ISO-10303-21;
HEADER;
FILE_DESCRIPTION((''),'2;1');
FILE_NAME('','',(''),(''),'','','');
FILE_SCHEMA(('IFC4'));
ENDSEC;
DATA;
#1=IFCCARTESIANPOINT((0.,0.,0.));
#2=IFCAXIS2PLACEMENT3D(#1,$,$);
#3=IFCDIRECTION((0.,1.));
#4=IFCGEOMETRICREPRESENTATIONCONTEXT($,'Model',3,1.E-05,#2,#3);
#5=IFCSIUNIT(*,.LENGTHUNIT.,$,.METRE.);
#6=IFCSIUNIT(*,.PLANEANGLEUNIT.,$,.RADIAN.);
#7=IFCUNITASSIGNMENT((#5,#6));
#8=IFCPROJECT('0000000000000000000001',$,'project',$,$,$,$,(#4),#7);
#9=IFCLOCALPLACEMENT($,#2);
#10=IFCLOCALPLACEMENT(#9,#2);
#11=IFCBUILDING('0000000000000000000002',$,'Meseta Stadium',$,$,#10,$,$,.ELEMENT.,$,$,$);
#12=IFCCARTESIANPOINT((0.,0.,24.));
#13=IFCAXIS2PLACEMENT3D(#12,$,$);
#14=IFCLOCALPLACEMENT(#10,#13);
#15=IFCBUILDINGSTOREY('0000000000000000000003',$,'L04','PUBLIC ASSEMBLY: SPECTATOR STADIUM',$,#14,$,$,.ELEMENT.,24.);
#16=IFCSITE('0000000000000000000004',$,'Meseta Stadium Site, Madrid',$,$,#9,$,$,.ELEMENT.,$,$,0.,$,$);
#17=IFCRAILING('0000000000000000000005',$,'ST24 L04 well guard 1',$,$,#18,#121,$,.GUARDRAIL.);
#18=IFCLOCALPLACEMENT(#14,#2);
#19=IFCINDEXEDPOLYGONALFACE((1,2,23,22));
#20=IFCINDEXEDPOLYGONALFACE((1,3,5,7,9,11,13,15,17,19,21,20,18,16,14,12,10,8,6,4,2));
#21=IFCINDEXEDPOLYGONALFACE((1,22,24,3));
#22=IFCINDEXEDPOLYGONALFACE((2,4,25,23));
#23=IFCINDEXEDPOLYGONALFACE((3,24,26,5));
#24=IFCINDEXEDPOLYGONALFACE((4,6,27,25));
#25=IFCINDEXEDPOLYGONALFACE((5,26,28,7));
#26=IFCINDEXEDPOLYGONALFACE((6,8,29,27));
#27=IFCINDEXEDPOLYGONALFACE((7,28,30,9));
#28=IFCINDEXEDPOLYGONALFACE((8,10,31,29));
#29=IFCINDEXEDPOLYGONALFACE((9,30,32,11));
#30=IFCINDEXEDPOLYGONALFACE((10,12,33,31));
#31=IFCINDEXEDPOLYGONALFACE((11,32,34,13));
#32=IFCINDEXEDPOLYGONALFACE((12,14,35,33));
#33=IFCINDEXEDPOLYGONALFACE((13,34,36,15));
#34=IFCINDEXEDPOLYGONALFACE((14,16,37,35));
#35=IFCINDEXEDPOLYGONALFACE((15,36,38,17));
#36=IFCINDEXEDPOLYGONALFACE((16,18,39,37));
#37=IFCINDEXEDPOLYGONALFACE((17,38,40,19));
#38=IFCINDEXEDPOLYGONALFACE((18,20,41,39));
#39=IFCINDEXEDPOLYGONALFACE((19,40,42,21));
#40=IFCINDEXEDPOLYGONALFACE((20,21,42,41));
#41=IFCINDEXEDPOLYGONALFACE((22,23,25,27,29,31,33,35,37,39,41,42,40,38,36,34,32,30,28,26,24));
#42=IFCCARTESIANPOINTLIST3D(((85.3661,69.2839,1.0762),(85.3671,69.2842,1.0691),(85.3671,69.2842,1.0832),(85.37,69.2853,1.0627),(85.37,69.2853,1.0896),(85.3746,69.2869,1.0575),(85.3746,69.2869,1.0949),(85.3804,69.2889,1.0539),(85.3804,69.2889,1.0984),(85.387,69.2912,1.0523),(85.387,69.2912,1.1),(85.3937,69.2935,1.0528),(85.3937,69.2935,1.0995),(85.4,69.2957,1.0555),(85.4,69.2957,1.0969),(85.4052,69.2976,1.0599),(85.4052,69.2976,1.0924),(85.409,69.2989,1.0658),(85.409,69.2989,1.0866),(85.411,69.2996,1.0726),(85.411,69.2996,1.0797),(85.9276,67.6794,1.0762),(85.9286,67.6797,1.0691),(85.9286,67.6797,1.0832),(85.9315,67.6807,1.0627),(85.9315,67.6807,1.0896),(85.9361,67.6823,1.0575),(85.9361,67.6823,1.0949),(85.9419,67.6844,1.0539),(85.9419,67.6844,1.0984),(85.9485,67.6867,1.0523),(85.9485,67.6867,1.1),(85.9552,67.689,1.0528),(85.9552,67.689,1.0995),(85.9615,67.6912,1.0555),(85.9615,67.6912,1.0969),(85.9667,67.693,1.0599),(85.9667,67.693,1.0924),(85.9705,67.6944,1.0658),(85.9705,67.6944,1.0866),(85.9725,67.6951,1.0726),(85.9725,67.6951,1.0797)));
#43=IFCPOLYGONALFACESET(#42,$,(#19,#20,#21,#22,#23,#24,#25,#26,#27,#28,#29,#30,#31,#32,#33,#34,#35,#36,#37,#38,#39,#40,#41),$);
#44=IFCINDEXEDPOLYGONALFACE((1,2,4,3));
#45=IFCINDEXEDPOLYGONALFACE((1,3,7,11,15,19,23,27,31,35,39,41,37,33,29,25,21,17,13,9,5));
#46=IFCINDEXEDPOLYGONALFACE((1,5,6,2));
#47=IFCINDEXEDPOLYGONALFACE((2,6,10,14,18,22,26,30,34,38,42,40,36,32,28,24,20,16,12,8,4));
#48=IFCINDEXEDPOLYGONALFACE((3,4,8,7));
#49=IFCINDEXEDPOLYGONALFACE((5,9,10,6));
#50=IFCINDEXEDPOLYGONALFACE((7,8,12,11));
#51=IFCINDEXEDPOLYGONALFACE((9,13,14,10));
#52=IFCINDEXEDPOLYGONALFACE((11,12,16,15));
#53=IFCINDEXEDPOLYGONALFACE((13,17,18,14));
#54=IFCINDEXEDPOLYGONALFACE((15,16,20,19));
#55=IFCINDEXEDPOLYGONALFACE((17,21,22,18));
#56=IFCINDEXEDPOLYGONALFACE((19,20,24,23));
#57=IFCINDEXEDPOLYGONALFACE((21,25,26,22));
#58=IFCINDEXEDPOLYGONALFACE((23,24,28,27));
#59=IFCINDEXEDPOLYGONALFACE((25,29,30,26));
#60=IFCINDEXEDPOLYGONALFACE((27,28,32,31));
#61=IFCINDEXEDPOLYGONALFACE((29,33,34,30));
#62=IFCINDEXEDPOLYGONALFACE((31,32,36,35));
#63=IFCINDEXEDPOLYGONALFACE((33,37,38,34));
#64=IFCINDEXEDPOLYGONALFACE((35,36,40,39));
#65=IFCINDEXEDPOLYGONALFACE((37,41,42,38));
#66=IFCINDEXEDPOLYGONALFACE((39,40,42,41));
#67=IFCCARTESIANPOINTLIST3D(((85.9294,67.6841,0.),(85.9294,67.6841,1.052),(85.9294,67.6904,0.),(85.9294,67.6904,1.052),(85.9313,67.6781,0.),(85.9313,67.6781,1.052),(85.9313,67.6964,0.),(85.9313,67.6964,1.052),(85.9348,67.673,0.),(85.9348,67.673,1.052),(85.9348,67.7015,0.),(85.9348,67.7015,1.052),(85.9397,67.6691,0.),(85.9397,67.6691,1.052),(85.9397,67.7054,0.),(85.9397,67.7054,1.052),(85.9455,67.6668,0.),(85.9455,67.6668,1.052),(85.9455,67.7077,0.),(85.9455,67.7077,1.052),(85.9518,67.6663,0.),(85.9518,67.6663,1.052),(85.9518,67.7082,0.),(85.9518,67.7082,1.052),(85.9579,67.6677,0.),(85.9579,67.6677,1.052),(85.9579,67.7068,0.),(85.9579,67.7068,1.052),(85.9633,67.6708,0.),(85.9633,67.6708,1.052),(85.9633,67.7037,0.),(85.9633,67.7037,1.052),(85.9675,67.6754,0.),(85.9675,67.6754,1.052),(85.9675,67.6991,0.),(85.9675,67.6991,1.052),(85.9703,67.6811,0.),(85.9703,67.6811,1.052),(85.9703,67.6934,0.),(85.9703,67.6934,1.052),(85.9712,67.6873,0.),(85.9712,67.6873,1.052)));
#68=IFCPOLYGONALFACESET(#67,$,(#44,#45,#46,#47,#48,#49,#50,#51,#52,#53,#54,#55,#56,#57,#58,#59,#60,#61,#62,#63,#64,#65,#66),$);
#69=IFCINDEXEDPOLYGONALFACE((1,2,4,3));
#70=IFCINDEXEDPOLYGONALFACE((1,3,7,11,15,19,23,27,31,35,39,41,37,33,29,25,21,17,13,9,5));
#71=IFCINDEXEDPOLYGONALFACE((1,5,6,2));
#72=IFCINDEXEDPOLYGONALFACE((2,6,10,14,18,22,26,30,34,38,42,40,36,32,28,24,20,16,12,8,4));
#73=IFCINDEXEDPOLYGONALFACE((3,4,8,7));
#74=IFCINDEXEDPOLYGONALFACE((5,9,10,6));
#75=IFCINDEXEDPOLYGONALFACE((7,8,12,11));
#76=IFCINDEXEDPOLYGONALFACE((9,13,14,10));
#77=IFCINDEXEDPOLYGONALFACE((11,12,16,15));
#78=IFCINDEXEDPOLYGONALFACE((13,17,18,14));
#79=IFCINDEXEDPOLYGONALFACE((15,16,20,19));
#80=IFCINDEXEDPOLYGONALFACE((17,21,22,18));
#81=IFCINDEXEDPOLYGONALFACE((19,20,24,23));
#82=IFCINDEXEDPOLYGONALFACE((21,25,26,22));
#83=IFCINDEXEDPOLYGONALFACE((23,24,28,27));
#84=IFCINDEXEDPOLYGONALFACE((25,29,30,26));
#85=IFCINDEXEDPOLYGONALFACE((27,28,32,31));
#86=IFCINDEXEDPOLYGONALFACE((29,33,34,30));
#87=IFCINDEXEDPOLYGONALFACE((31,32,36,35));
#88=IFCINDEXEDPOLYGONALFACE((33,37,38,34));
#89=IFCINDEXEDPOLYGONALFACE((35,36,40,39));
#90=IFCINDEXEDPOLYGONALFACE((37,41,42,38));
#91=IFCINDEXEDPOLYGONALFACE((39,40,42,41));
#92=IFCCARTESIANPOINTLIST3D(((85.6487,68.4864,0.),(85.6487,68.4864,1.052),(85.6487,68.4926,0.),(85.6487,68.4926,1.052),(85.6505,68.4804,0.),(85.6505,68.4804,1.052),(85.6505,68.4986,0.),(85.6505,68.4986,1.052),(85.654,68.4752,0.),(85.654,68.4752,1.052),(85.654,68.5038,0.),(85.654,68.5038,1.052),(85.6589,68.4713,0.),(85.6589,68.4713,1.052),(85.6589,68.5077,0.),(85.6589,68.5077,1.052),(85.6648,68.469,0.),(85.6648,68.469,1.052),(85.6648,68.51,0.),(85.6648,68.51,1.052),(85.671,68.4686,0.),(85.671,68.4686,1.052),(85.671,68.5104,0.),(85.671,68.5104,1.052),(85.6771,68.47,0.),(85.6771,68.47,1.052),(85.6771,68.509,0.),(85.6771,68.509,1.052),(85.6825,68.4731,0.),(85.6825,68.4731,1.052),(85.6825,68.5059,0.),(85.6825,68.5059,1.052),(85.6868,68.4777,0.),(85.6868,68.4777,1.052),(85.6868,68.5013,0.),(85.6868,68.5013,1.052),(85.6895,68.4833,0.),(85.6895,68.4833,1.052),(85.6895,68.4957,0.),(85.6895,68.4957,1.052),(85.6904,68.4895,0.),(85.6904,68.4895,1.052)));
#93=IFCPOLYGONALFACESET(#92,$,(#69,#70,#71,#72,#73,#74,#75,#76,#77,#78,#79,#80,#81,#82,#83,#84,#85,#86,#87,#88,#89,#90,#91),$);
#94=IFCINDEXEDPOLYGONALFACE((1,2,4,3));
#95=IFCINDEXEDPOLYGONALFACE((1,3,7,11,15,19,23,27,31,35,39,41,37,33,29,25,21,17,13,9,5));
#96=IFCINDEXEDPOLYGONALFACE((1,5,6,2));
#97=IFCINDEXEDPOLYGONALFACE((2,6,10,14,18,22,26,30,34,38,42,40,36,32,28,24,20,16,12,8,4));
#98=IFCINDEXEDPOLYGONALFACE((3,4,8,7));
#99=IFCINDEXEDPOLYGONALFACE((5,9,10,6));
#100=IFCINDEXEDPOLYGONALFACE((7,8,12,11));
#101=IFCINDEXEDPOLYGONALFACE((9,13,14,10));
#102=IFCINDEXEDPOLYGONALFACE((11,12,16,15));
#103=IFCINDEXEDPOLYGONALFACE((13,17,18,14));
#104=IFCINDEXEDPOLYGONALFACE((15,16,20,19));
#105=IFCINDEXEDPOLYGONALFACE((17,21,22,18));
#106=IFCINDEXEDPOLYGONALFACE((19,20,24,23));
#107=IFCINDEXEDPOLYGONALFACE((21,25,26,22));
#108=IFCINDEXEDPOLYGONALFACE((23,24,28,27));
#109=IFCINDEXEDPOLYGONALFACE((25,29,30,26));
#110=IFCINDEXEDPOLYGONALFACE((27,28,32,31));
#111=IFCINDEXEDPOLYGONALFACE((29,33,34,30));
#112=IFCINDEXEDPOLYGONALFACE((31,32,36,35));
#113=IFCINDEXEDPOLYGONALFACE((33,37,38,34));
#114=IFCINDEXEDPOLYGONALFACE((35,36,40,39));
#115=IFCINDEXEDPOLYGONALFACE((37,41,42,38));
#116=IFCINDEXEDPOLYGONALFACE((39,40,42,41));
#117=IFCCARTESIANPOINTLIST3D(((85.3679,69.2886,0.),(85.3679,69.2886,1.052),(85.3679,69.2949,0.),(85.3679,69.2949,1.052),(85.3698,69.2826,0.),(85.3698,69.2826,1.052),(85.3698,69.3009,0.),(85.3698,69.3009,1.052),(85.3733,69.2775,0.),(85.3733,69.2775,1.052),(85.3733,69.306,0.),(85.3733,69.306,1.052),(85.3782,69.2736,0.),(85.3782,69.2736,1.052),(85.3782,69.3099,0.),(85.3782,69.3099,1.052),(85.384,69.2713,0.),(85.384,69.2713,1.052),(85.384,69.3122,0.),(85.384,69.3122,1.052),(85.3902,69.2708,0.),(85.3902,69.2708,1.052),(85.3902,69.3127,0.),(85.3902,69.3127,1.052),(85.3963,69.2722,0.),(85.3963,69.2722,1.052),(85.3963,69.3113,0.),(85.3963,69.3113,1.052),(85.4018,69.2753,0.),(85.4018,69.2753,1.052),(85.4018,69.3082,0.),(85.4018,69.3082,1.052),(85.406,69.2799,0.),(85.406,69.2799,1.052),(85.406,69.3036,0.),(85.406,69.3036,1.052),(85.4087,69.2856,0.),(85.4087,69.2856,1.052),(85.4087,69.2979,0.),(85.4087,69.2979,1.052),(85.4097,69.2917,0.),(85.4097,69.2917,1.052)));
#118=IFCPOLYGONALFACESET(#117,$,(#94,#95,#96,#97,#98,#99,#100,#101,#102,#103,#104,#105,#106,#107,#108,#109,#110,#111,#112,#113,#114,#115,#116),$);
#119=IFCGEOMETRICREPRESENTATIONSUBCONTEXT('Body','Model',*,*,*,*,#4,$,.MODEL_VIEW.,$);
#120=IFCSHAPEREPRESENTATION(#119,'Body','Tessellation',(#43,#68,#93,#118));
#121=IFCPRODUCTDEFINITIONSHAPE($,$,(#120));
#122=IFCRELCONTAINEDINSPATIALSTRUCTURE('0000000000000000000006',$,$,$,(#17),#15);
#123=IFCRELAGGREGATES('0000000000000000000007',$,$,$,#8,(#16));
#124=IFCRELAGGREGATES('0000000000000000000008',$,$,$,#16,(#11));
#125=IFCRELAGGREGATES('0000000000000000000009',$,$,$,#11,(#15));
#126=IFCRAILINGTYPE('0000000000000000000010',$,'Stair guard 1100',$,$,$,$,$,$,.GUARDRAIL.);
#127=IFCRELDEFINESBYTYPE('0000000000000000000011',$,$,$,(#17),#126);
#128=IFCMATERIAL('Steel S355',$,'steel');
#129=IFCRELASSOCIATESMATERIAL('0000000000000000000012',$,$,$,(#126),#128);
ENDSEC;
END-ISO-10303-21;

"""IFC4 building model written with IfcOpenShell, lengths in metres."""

from ifc_helpers import new_model, si_unit, direction, frame, origin, origin_2d, place, context, subcontext, project, spatial, circle, extrude, material, type_object, element, save


model = new_model("IFC4")

# Units and contexts
model_context = context("Model", 3, precision=1e-05, world=origin(), true_north=direction((0.0, 1.0)))
body_context = subcontext(model_context, "Body", "Model", "MODEL_VIEW")
ifc_project = project(units=[si_unit("LENGTHUNIT", "METRE"), si_unit("PLANEANGLEUNIT", "RADIAN")], contexts=[model_context])

# Site, building, storey
site_placement = place(None, origin())
site = spatial("IfcSite", under=ifc_project, at=site_placement, Name="Meseta Stadium Site, Madrid", CompositionType="ELEMENT", RefElevation=0.0)
building_placement = place(site_placement, origin())
building = spatial("IfcBuilding", under=site, at=building_placement, Name="Meseta Stadium", CompositionType="ELEMENT")
storey_placement = place(building_placement, frame((0.0, 0.0, 24.0)))
storey = spatial("IfcBuildingStorey", under=building, at=storey_placement, Name="L04", Description="PUBLIC ASSEMBLY: SPECTATOR STADIUM", CompositionType="ELEMENT", Elevation=24.0)

# Railing
ifc_material_1 = material(Name="Steel S355", Category="steel")
railing_type = type_object("IfcRailingType", Name="Stair guard 1100", PredefinedType="GUARDRAIL", material=ifc_material_1)
railing_1_placement = place(storey_placement, frame((85.9502, 67.6873, 0.0)))
element("IfcRailing", 1, at=railing_1_placement, inside=storey, type_object=railing_type, Name="ST24 L04 well guard 1", PredefinedType="GUARDRAIL", context=body_context, shape_type="SweptSolid", body=[
    extrude(circle(Radius=0.0239, at=origin_2d()), frame((0.0, 0.0, 1.0762), z_axis=(-0.330325, 0.943867, 0.0), x_axis=(-0.943867, -0.330325, 0.0)), (0.0, 0.0, 1.0), 1.7),
    extrude(circle(Radius=0.021, at=origin_2d()), origin(), (0.0, 0.0, 1.0), 1.052),
    extrude(circle(Radius=0.021, at=origin_2d()), frame((-0.2808, 0.8022, 0.0)), (0.0, 0.0, 1.0), 1.052),
    extrude(circle(Radius=0.021, at=origin_2d()), frame((-0.5615, 1.6045, 0.0)), (0.0, 0.0, 1.0), 1.052),
])

save(model, "model.ifc")
